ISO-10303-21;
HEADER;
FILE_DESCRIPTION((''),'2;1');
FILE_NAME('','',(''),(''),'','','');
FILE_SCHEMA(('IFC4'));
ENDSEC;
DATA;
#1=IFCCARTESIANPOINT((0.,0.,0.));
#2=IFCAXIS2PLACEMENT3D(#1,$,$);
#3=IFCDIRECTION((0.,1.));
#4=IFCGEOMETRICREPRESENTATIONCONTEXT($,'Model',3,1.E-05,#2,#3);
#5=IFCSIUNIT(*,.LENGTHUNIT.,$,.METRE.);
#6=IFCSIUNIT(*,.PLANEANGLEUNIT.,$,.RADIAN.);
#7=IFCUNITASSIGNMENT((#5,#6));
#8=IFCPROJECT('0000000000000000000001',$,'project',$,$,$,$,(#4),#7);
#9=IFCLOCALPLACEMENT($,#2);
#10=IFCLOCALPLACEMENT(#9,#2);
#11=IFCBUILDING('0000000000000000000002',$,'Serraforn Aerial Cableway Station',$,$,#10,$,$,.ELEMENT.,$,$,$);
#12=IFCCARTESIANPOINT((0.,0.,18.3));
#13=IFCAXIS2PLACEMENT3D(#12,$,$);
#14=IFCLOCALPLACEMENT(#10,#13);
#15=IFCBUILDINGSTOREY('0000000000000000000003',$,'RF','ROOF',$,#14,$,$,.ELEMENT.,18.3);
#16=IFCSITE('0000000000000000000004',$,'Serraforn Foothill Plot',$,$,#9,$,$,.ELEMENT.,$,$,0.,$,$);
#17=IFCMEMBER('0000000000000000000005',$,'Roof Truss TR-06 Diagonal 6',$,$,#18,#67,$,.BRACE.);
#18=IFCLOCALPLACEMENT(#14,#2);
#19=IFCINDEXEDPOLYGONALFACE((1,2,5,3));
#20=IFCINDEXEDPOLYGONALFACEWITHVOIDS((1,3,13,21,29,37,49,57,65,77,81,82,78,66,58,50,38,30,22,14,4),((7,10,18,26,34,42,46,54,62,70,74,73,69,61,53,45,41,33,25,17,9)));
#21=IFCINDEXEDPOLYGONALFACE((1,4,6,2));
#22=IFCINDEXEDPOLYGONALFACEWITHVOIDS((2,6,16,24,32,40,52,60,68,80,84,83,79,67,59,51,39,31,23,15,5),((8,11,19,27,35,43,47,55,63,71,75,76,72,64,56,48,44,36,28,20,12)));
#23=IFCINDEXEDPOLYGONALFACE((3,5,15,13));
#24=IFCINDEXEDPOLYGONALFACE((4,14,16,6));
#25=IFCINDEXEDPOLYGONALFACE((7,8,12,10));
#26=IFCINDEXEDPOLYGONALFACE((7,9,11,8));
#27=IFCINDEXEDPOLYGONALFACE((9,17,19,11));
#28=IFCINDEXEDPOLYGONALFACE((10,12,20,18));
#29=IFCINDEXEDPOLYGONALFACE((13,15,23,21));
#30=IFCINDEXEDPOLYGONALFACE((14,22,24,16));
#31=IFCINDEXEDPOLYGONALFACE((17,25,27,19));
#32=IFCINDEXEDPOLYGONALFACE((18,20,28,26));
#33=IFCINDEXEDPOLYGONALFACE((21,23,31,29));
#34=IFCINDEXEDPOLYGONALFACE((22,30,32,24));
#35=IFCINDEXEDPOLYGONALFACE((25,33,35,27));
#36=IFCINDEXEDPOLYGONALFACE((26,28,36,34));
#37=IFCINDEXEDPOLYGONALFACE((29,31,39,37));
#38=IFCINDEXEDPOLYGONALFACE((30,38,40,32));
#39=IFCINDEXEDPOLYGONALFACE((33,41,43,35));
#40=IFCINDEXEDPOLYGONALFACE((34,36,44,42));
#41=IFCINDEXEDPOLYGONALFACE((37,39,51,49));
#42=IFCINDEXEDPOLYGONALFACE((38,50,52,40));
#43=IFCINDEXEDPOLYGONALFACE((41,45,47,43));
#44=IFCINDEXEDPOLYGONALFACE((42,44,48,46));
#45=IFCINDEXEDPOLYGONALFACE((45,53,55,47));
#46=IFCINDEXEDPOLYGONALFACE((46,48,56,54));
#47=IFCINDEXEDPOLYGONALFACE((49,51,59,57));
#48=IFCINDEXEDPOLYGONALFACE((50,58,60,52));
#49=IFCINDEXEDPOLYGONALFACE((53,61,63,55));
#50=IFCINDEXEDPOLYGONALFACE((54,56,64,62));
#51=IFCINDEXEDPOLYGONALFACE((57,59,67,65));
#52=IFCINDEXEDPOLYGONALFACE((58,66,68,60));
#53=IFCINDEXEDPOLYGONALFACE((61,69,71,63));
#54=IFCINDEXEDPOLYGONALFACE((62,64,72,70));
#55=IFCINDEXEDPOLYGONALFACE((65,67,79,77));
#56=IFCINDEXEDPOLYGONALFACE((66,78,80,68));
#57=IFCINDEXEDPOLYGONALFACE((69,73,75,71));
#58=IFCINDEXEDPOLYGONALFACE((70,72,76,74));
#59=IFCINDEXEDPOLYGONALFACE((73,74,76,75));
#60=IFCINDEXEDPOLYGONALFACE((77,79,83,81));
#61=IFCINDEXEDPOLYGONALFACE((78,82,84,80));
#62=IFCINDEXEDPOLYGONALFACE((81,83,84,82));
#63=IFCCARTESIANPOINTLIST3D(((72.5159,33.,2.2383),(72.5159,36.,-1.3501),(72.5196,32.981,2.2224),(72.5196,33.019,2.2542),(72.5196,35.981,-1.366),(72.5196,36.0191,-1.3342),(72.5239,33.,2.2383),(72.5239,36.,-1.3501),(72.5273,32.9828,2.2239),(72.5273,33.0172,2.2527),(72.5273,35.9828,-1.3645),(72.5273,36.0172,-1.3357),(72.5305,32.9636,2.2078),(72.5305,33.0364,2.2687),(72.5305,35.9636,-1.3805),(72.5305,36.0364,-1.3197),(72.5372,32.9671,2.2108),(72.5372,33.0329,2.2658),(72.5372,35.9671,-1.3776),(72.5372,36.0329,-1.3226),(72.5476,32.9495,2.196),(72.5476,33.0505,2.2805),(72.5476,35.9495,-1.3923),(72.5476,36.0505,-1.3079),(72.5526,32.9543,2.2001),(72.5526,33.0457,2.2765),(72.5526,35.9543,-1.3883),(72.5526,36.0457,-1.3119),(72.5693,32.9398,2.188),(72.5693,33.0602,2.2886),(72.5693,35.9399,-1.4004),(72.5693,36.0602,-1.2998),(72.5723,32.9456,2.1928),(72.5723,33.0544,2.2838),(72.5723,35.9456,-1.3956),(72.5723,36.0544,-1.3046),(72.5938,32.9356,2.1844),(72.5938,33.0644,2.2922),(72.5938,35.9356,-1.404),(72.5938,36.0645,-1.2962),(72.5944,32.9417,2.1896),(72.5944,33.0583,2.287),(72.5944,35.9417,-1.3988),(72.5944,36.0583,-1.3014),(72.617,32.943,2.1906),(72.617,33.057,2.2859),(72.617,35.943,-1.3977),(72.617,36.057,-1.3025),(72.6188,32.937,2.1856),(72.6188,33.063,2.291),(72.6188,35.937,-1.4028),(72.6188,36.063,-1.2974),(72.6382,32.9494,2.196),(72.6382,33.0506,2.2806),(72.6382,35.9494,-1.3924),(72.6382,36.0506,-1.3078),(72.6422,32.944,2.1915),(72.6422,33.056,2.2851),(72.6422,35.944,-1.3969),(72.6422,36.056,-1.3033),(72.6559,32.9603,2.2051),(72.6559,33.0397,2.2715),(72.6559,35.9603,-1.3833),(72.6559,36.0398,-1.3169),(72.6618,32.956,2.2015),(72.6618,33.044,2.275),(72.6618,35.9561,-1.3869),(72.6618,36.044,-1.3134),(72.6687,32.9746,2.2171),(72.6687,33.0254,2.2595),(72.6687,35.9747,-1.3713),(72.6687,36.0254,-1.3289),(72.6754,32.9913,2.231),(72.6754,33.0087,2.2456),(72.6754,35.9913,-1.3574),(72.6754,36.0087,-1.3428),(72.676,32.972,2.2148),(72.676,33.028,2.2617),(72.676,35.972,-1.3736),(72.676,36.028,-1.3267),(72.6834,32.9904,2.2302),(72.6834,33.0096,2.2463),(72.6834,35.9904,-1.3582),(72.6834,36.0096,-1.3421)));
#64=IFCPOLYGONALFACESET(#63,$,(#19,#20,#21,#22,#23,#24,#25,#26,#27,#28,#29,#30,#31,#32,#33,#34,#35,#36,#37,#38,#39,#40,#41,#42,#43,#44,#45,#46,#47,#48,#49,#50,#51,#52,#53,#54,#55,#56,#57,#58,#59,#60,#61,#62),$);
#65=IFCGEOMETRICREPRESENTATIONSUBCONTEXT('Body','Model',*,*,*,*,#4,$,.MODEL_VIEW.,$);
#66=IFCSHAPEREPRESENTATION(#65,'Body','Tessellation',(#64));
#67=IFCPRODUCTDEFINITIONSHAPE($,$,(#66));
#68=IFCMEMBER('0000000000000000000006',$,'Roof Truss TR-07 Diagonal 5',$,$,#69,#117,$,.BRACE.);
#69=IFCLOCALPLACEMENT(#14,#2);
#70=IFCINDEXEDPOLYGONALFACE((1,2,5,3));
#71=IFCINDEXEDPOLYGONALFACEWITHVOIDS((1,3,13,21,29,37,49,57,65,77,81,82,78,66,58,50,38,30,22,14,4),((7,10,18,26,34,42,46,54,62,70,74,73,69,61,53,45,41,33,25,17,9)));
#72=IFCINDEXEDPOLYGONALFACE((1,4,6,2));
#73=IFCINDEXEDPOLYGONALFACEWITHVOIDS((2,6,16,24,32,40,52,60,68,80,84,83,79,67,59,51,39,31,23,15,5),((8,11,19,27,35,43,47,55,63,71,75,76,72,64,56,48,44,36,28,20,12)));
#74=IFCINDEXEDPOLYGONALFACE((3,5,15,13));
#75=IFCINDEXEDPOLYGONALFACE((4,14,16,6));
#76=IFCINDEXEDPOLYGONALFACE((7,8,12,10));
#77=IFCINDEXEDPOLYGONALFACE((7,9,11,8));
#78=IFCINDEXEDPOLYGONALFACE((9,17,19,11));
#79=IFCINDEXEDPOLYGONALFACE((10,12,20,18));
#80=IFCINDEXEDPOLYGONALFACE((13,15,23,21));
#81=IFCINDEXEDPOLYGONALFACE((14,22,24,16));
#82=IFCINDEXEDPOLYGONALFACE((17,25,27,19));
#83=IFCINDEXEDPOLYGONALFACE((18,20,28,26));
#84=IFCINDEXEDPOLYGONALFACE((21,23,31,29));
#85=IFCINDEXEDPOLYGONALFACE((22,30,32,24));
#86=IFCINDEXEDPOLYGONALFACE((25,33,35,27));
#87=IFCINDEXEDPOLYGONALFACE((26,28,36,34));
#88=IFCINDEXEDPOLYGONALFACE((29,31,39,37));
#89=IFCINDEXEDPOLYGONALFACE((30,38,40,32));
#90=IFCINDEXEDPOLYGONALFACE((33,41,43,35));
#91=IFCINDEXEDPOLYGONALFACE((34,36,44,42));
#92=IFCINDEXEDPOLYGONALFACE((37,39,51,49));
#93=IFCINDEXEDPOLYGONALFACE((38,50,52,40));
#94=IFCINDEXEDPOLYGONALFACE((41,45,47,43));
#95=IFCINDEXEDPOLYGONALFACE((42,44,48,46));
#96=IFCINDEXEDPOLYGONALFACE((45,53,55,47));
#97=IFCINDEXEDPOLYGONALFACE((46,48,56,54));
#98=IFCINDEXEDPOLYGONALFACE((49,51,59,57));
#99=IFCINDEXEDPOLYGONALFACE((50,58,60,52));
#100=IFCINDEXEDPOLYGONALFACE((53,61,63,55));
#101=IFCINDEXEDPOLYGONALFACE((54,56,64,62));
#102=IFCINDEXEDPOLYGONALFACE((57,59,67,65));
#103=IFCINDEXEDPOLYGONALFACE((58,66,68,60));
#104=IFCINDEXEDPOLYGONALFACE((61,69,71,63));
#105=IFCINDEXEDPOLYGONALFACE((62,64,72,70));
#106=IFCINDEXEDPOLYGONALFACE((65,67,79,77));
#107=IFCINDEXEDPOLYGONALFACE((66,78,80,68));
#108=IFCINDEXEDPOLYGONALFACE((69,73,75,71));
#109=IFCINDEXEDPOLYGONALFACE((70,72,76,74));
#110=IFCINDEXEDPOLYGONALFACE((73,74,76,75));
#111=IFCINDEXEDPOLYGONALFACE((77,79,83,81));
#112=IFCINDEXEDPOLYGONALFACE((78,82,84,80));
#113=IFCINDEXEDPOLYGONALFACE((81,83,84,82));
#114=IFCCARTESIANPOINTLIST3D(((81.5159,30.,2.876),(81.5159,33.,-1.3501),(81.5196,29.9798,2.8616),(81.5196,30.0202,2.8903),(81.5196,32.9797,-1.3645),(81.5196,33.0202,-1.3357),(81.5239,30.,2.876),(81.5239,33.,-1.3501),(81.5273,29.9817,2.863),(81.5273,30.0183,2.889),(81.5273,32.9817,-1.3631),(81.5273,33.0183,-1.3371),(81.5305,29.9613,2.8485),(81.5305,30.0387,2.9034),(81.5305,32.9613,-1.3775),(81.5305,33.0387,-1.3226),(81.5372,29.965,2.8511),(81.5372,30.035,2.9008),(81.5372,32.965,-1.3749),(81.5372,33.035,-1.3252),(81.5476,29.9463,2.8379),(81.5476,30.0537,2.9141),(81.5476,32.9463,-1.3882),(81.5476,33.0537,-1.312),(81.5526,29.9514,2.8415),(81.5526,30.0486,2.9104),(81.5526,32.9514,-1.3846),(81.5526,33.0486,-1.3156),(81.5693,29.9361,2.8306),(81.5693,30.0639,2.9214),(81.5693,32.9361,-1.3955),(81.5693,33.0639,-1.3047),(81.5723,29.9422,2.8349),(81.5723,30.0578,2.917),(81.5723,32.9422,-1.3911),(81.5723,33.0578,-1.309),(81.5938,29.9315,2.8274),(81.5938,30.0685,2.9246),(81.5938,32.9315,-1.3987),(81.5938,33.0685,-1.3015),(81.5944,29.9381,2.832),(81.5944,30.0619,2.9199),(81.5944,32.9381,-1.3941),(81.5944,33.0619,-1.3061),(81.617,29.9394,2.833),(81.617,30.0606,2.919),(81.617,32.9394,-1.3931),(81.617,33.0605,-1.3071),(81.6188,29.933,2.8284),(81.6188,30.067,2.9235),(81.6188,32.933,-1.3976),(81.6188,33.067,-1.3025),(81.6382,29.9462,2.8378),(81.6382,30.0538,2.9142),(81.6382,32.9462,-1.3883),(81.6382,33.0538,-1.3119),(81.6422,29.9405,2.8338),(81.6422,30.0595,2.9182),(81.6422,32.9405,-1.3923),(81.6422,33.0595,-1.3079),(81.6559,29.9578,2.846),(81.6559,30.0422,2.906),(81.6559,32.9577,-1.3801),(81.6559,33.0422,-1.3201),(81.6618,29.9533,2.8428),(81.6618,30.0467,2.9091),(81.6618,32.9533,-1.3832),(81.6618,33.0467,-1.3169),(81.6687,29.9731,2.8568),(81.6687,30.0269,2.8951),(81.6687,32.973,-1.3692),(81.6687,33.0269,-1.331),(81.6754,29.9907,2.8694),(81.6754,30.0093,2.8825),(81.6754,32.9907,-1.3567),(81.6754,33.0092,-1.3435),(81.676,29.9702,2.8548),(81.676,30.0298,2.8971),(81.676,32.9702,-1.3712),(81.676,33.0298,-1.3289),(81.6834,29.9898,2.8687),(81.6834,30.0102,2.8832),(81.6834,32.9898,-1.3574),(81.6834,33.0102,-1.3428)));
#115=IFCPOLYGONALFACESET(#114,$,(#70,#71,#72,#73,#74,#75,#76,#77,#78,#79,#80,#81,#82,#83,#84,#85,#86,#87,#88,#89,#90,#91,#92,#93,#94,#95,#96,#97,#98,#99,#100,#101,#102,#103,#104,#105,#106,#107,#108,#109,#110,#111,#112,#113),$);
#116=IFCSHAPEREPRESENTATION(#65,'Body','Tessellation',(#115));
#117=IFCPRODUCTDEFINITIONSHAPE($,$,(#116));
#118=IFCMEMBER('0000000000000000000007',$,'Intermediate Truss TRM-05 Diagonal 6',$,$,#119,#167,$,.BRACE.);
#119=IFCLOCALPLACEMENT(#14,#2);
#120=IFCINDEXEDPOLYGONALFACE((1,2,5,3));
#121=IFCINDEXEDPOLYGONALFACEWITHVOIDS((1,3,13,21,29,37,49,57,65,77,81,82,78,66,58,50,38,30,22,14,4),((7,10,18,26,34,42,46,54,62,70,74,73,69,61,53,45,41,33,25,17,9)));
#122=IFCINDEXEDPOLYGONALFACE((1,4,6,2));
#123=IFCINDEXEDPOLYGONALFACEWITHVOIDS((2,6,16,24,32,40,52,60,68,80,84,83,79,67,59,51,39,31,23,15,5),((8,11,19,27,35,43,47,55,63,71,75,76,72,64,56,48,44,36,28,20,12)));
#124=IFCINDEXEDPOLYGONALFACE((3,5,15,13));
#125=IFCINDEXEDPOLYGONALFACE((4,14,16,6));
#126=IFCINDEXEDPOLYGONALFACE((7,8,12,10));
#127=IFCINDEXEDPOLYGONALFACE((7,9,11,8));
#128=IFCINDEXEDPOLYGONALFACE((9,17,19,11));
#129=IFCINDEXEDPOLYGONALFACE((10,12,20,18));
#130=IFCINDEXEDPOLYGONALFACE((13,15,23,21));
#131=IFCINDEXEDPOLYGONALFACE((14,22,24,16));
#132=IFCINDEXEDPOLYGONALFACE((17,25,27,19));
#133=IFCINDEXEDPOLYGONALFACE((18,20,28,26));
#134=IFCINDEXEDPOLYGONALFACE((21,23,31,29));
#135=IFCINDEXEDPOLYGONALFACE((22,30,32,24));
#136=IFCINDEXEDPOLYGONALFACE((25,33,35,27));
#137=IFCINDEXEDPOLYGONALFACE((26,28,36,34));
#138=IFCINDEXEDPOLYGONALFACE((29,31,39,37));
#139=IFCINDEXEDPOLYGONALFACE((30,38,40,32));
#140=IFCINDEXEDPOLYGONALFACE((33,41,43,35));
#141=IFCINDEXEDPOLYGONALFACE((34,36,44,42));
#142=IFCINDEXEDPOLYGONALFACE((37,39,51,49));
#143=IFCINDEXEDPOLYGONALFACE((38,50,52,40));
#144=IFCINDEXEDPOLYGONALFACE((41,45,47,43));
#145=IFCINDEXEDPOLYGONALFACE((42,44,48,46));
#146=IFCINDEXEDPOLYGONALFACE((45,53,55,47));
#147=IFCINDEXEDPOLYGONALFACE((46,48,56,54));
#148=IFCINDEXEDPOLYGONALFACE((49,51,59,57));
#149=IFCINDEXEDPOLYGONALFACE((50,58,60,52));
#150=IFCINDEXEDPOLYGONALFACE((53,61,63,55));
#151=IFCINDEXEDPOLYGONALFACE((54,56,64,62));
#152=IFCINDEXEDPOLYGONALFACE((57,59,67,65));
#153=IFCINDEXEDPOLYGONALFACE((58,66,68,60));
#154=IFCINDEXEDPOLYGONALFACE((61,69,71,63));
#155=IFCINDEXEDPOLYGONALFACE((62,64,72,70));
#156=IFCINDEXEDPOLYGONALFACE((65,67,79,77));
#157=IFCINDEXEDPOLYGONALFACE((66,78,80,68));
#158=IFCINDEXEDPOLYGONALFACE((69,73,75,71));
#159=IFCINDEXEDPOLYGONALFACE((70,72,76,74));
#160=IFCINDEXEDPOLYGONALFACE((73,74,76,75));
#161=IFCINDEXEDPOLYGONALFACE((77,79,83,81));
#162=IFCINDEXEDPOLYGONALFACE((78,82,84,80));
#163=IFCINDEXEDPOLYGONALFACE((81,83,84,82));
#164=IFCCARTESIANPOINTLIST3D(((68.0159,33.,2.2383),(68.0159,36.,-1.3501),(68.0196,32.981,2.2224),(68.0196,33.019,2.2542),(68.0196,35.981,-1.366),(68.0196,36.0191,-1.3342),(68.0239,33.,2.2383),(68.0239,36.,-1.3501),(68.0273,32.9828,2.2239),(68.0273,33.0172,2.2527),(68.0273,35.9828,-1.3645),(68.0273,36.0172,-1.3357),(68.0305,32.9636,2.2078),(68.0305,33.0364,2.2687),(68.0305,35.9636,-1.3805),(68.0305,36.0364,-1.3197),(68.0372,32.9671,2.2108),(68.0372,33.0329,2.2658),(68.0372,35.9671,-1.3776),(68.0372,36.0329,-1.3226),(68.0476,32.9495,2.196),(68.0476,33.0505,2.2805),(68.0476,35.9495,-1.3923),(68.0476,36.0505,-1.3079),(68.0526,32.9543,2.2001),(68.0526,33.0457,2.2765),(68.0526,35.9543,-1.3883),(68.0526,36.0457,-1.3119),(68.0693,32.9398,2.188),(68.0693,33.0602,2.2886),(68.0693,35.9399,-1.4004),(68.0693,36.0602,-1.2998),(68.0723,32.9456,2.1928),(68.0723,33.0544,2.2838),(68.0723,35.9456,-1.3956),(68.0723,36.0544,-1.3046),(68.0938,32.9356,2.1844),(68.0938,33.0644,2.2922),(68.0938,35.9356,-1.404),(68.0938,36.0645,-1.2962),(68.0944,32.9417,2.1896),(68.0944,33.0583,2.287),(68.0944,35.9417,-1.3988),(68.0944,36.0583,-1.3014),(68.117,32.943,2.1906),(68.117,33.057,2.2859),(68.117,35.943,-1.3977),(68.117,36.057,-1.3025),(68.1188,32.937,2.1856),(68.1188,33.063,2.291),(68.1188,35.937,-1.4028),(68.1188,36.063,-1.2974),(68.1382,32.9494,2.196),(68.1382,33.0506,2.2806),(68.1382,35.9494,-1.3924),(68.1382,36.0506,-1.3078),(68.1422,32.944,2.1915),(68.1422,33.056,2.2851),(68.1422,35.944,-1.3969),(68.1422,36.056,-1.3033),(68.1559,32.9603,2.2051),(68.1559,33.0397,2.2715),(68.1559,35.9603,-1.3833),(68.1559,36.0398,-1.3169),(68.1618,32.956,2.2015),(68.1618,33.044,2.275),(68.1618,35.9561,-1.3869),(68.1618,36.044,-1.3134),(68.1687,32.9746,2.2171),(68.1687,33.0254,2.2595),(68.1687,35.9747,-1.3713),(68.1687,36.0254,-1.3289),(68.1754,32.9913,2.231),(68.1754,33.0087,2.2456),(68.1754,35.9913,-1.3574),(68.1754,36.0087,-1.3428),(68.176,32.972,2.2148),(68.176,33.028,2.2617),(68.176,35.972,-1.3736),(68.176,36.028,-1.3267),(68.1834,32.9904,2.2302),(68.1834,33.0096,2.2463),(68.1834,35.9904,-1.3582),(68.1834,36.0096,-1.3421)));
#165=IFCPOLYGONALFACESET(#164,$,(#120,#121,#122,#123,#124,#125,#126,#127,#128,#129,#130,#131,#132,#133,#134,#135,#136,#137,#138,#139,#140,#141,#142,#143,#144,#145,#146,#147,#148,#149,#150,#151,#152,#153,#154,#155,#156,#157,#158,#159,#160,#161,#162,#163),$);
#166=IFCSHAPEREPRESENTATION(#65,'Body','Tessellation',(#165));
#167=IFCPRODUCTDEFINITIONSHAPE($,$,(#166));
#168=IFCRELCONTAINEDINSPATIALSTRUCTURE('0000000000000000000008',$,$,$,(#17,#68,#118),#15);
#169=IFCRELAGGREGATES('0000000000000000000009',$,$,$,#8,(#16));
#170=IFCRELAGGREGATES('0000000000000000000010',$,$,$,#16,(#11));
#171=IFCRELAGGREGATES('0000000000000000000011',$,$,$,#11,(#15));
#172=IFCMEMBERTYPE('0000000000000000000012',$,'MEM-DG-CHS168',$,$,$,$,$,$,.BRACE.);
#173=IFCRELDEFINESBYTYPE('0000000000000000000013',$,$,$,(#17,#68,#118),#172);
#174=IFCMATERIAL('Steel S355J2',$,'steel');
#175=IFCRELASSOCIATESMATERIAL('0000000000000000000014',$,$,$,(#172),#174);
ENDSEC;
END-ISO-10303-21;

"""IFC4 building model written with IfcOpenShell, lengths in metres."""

from ifc_helpers import new_model, si_unit, direction, frame, origin, origin_2d, place, context, subcontext, project, spatial, hollow_circle, extrude, material, material_profile, profile_set, type_object, element, save


model = new_model("IFC4")

# Units and contexts
model_context = context("Model", 3, precision=1e-05, world=origin(), true_north=direction((0.0, 1.0)))
body_context = subcontext(model_context, "Body", "Model", "MODEL_VIEW")
ifc_project = project(units=[si_unit("LENGTHUNIT", "METRE"), si_unit("PLANEANGLEUNIT", "RADIAN")], contexts=[model_context])

# Site, building, storey
site_placement = place(None, origin())
site = spatial("IfcSite", under=ifc_project, at=site_placement, Name="Serraforn Foothill Plot", CompositionType="ELEMENT", RefElevation=0.0)
building_placement = place(site_placement, origin())
building = spatial("IfcBuilding", under=site, at=building_placement, Name="Serraforn Aerial Cableway Station", CompositionType="ELEMENT")
storey_placement = place(building_placement, frame((0.0, 0.0, 18.3)))
storey = spatial("IfcBuildingStorey", under=building, at=storey_placement, Name="RF", Description="ROOF", CompositionType="ELEMENT", Elevation=18.3)

# Members
ifc_material_1 = material(Name="Steel S355J2", Category="steel")
ifc_material_profile_1 = material_profile(ifc_material_1, hollow_circle(Radius=0.0842, WallThickness=0.0081, at=origin_2d()), Name="CHS 168.3x8.0")
ifc_profile_set_1 = profile_set([ifc_material_profile_1], Name="Steel S355J2")
member_type_1 = type_object("IfcMemberType", Name="MEM-DG-CHS168", PredefinedType="BRACE", material=ifc_profile_set_1)
member_1_placement = place(storey_placement, frame((72.6001, 33.0, 2.2383), z_axis=(0.0, 0.641406, -0.767202), x_axis=(-1.0, 0.0, 0.0)))
element("IfcMember", 1, at=member_1_placement, inside=storey, type_object=member_type_1, Name="Roof Truss TR-06 Diagonal 6", PredefinedType="BRACE", context=body_context, shape_type="SweptSolid", body=[
    extrude(hollow_circle(Radius=0.0842, WallThickness=0.0081, at=origin_2d()), origin(), (0.0, 0.0, 1.0), 4.6772),
])
member_2_placement = place(storey_placement, frame((81.6001, 30.0, 2.876), z_axis=(0.0, 0.578856, -0.81543), x_axis=(-1.0, 0.0, 0.0)))
element("IfcMember", 2, at=member_2_placement, inside=storey, type_object=member_type_1, Name="Roof Truss TR-07 Diagonal 5", PredefinedType="BRACE", context=body_context, shape_type="SweptSolid", body=[
    extrude(hollow_circle(Radius=0.0842, WallThickness=0.0081, at=origin_2d()), origin(), (0.0, 0.0, 1.0), 5.1826),
])
member_3_placement = place(storey_placement, frame((68.1001, 33.0, 2.2383), z_axis=(0.0, 0.641406, -0.767202), x_axis=(-1.0, 0.0, 0.0)))
element("IfcMember", 3, at=member_3_placement, inside=storey, type_object=member_type_1, Name="Intermediate Truss TRM-05 Diagonal 6", PredefinedType="BRACE", context=body_context, shape_type="SweptSolid", body=[
    extrude(hollow_circle(Radius=0.0842, WallThickness=0.0081, at=origin_2d()), origin(), (0.0, 0.0, 1.0), 4.6772),
])

save(model, "model.ifc")
